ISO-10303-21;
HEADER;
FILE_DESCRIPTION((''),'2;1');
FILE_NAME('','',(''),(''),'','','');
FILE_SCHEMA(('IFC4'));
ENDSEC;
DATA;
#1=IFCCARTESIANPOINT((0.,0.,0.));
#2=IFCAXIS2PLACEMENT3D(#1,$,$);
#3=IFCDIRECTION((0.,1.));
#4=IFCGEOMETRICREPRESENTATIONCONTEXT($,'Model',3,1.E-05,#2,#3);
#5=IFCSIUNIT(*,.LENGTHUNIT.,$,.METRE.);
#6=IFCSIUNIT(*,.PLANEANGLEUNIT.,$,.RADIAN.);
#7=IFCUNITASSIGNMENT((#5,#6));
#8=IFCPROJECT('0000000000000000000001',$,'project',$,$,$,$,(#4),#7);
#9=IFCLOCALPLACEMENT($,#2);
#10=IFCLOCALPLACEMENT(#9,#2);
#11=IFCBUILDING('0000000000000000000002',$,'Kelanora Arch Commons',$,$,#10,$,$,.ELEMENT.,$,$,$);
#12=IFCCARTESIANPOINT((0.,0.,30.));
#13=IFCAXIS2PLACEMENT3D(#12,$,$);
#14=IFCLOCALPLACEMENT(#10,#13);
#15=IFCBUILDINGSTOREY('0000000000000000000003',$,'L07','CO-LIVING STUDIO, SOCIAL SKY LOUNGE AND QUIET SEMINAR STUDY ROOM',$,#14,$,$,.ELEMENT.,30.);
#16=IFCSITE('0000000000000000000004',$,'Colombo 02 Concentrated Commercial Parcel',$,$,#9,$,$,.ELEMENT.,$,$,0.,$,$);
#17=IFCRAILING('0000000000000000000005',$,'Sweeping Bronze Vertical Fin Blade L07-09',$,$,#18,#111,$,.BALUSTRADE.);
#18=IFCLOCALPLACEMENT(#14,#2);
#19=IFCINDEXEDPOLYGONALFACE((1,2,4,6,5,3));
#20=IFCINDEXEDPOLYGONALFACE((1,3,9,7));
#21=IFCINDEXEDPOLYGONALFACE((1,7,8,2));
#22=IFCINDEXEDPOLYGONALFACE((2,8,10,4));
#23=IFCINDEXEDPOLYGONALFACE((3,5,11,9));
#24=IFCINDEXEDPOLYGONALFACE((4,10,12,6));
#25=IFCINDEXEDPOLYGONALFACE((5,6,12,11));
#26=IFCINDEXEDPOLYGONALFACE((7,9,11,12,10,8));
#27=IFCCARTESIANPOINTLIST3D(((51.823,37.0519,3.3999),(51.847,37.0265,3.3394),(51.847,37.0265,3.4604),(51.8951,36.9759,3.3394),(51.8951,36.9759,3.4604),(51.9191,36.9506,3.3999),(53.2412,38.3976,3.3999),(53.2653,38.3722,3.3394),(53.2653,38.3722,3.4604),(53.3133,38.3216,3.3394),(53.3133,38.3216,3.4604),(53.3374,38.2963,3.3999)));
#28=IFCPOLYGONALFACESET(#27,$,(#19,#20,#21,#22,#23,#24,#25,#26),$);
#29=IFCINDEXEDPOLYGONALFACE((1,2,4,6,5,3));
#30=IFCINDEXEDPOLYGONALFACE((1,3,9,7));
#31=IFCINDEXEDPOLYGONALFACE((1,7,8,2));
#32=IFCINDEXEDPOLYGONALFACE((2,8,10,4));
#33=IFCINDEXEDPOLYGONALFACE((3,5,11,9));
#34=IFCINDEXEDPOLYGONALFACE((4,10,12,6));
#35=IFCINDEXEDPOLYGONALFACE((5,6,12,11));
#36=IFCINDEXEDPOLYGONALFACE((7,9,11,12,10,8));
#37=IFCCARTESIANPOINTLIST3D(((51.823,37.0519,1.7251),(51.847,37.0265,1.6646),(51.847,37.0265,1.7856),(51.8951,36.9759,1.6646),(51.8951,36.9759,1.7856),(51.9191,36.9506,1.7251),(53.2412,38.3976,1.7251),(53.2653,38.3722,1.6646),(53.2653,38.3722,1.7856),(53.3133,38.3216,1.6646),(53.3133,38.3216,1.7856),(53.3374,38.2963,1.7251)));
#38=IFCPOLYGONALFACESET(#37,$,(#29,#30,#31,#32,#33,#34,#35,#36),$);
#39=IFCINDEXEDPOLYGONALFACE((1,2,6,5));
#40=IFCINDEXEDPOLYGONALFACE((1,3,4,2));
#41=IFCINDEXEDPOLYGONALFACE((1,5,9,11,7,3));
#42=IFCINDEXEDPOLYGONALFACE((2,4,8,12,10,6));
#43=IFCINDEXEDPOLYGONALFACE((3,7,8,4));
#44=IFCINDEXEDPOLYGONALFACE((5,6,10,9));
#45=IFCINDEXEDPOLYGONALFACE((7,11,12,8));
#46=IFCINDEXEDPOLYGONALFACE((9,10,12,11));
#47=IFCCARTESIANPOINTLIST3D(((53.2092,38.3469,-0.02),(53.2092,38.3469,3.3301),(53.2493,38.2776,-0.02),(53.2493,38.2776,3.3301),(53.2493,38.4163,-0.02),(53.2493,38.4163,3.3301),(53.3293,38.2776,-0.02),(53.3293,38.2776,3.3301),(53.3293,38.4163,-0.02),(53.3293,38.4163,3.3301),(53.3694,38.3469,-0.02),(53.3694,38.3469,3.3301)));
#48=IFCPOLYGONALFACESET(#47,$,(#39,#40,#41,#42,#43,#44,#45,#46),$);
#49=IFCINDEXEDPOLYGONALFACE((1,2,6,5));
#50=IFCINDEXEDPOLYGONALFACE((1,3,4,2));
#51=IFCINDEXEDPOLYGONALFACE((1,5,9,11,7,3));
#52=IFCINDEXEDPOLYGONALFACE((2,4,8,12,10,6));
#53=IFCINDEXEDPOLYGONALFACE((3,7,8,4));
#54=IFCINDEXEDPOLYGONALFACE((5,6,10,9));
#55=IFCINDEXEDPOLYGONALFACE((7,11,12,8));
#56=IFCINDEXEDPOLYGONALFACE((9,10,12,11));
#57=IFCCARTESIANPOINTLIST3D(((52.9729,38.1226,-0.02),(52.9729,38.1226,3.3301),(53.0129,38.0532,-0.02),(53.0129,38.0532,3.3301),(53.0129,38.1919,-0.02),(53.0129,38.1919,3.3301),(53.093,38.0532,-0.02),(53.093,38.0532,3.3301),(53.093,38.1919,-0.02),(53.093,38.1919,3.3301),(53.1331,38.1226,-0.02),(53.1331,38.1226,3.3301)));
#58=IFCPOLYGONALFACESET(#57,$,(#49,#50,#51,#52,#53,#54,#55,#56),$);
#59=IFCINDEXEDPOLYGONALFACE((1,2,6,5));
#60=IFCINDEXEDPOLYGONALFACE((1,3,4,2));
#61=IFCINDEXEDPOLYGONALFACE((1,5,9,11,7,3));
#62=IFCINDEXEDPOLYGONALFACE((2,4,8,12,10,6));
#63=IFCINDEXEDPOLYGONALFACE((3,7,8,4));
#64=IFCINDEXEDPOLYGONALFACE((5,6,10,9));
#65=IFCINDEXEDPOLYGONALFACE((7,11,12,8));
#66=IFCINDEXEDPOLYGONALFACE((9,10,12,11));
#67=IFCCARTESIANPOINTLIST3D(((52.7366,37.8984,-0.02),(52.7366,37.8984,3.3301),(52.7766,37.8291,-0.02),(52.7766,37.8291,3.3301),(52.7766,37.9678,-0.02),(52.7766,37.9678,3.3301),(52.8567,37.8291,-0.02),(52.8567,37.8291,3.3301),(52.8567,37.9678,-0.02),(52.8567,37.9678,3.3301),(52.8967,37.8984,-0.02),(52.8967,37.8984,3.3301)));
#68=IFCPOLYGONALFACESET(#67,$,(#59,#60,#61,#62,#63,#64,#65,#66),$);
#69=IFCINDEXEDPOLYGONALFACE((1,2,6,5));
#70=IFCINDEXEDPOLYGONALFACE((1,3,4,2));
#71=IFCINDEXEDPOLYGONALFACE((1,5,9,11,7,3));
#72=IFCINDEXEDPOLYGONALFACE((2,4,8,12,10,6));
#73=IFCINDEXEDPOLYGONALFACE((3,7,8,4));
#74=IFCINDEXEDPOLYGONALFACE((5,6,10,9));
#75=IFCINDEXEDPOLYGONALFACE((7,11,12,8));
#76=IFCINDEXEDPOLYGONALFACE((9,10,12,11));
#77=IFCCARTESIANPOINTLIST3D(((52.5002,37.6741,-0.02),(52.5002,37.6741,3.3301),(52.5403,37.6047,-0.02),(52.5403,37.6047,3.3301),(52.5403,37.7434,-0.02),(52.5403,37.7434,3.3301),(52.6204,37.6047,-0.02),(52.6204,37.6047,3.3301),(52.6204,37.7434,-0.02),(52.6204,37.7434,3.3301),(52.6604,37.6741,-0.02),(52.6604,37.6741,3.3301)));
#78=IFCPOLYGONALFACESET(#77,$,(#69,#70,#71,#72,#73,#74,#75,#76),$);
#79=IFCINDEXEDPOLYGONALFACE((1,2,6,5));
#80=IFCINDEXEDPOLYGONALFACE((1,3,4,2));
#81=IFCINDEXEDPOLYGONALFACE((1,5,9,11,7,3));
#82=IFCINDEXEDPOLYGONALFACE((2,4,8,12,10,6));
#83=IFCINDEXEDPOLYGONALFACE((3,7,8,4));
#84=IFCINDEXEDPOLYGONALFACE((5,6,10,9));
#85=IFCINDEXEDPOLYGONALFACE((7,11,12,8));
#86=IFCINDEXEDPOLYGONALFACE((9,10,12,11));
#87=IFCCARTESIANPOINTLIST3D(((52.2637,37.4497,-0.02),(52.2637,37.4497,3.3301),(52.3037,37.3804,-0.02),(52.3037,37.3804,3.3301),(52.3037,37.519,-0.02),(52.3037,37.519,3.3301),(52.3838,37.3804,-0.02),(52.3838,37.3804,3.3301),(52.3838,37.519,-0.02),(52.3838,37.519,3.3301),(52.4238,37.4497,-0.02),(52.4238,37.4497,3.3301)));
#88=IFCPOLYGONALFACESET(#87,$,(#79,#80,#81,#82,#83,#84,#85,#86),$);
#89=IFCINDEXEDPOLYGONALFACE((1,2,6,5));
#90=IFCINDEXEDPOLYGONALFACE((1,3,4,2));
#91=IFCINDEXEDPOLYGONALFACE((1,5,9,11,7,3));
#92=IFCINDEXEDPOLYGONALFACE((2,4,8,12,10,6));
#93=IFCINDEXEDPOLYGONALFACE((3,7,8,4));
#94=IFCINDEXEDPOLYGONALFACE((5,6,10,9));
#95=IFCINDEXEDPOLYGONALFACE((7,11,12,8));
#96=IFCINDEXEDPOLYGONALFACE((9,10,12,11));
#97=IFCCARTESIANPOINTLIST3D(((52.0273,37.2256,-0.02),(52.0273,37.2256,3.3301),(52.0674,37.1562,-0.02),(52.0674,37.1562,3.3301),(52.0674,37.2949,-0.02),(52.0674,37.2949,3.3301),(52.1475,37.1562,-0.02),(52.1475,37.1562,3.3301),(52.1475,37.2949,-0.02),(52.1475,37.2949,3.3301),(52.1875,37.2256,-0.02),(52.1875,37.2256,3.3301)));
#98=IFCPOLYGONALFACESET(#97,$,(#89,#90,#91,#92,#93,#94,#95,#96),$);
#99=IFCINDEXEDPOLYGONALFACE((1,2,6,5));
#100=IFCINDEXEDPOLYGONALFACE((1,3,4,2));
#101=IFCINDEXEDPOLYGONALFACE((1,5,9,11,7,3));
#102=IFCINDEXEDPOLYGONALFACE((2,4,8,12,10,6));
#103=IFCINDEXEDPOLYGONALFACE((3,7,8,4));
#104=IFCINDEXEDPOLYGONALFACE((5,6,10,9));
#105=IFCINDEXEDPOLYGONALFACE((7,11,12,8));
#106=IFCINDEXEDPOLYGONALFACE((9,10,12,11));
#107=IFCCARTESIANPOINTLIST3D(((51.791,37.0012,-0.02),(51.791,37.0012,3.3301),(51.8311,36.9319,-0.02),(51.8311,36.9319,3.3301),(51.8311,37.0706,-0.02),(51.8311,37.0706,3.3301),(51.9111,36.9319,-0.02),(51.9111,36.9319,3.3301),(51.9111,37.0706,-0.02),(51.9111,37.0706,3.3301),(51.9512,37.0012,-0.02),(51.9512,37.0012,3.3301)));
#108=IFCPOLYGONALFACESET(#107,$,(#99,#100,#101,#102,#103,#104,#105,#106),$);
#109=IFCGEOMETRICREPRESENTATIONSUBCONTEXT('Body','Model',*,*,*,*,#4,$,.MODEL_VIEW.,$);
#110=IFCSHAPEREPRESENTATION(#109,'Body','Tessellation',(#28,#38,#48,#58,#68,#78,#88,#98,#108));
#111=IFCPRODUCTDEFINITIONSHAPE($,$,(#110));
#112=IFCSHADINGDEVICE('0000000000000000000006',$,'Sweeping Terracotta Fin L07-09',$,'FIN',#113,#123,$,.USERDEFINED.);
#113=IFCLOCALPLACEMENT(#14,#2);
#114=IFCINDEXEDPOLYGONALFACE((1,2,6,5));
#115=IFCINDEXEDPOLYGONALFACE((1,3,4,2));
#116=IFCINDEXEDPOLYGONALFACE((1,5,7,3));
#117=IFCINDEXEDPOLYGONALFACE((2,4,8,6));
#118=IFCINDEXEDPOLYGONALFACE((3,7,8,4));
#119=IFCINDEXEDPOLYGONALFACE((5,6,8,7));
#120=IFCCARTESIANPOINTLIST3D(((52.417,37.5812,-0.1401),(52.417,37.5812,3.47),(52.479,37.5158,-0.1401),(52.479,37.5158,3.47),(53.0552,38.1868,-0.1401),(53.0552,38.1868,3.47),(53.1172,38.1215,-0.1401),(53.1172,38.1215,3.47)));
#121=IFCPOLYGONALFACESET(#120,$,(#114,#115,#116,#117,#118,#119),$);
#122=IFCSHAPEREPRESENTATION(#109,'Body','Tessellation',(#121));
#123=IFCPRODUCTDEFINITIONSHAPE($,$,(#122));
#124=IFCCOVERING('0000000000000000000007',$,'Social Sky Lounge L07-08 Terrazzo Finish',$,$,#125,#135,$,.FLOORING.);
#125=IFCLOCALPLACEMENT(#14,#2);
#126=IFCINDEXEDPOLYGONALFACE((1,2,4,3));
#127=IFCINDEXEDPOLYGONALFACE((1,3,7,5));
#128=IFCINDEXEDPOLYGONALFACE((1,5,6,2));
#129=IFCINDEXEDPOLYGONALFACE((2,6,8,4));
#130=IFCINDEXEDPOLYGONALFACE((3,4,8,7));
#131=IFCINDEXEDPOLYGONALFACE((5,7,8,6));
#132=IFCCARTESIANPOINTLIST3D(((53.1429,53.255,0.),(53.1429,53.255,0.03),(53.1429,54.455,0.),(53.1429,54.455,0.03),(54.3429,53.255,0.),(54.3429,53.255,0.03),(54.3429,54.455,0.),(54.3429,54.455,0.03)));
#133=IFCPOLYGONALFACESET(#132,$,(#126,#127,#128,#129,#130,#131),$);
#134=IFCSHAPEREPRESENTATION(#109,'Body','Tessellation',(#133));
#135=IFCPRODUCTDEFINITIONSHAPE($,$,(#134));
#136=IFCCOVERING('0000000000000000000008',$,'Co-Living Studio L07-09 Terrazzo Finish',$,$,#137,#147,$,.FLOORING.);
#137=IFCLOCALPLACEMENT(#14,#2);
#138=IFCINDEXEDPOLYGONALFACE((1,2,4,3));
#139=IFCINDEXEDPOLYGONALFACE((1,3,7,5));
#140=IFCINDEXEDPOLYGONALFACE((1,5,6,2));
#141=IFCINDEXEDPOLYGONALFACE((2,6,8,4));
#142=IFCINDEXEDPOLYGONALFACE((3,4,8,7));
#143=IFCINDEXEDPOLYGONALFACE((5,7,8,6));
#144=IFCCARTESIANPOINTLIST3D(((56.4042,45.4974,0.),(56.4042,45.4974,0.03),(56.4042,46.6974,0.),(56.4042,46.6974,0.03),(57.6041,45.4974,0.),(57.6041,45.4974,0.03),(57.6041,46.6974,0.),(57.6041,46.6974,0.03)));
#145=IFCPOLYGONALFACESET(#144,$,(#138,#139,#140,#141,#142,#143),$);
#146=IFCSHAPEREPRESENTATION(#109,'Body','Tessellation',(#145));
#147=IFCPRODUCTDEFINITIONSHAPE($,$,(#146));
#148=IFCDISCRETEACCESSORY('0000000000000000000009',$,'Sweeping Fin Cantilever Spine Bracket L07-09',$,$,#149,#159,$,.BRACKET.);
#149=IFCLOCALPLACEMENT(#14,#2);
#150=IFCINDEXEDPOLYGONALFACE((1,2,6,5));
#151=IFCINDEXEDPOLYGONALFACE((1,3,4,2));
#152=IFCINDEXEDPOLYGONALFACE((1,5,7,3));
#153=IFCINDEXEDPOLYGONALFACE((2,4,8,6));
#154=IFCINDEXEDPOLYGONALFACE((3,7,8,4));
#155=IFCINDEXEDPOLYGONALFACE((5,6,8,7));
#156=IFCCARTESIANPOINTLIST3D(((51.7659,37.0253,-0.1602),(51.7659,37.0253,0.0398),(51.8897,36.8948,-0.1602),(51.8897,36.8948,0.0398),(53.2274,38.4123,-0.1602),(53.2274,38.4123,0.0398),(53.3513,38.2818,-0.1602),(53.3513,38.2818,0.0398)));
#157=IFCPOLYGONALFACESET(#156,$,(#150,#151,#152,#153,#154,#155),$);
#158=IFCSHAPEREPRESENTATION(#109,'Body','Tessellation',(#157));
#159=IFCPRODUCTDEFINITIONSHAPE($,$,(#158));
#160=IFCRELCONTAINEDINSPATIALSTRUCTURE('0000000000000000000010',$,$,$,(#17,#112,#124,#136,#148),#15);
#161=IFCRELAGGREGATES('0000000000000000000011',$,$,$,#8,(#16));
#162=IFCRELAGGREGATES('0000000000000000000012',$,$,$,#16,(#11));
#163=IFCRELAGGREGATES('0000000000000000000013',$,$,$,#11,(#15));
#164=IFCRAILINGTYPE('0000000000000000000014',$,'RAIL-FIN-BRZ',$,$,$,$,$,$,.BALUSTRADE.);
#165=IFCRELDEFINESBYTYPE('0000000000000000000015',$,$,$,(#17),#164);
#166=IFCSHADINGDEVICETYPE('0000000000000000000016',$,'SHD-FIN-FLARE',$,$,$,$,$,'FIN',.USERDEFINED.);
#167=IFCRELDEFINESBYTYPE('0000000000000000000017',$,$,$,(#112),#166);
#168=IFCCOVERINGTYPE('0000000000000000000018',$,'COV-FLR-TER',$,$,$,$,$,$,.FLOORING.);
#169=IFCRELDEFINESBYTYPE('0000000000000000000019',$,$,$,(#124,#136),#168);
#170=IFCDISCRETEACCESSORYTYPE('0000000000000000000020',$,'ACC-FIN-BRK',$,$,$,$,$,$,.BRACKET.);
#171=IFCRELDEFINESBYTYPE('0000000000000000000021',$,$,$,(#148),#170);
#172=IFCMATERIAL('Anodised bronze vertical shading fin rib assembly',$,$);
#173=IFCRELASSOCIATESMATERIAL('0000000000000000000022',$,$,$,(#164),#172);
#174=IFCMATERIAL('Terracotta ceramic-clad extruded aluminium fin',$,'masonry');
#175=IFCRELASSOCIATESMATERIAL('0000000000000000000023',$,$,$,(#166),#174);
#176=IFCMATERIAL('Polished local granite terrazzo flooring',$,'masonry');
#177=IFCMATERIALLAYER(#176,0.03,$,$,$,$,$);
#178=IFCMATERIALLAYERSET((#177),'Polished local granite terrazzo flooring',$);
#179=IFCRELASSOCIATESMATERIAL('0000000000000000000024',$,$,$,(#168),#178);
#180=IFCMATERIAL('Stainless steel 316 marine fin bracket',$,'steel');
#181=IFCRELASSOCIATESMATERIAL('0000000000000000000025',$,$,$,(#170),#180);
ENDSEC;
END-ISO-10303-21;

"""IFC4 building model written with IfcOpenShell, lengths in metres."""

from ifc_helpers import new_model, si_unit, direction, frame, origin, origin_2d, place, context, subcontext, project, spatial, polyline, rectangle, outline, extrude, source, transform, mapped, material, layer, layer_set, type_object, element, save


model = new_model("IFC4")

# Units and contexts
model_context = context("Model", 3, precision=1e-05, world=origin(), true_north=direction((0.0, 1.0)))
body_context = subcontext(model_context, "Body", "Model", "MODEL_VIEW")
ifc_project = project(units=[si_unit("LENGTHUNIT", "METRE"), si_unit("PLANEANGLEUNIT", "RADIAN")], contexts=[model_context])

# Site, building, storey
site_placement = place(None, origin())
site = spatial("IfcSite", under=ifc_project, at=site_placement, Name="Colombo 02 Concentrated Commercial Parcel", CompositionType="ELEMENT", RefElevation=0.0)
building_placement = place(site_placement, origin())
building = spatial("IfcBuilding", under=site, at=building_placement, Name="Kelanora Arch Commons", CompositionType="ELEMENT")
storey_placement = place(building_placement, frame((0.0, 0.0, 30.0)))
storey = spatial("IfcBuildingStorey", under=building, at=storey_placement, Name="L07", Description="CO-LIVING STUDIO, SOCIAL SKY LOUNGE AND QUIET SEMINAR STUDY ROOM", CompositionType="ELEMENT", Elevation=30.0)

# Railing
ifc_material_1 = material(Name="Anodised bronze vertical shading fin rib assembly")
railing_type = type_object("IfcRailingType", Name="RAIL-FIN-BRZ", PredefinedType="BALUSTRADE", material=ifc_material_1)
railing_placement = place(storey_placement, frame((53.2893, 38.3469, -0.02)))
element("IfcRailing", 1, at=railing_placement, inside=storey, type_object=railing_type, Name="Sweeping Bronze Vertical Fin Blade L07-09", PredefinedType="BALUSTRADE", context=body_context, shape_type="SweptSolid", body=[
    extrude(outline(polyline([(0.0698, 0.0), (0.0349, 0.0605), (-0.0349, 0.0605), (-0.0698, 0.0), (-0.0349, -0.0605), (0.0349, -0.0605), (0.0698, 0.0)])), frame((0.0, 0.0, 3.4199), z_axis=(-0.725408, -0.688319, 0.0), x_axis=(0.688319, -0.725408, 0.0)), (0.0, 0.0, 1.0), 1.9551),
    extrude(outline(polyline([(0.0698, 0.0), (0.0349, 0.0605), (-0.0349, 0.0605), (-0.0698, 0.0), (-0.0349, -0.0605), (0.0349, -0.0605), (0.0698, 0.0)])), frame((0.0, 0.0, 1.7451), z_axis=(-0.725408, -0.688319, 0.0), x_axis=(0.688319, -0.725408, 0.0)), (0.0, 0.0, 1.0), 1.9551),
    extrude(outline(polyline([(0.0801, 0.0), (0.04, 0.0693), (-0.04, 0.0693), (-0.0801, 0.0), (-0.04, -0.0693), (0.04, -0.0693), (0.0801, 0.0)])), origin(), (0.0, 0.0, 1.0), 3.3501),
    extrude(outline(polyline([(0.0801, 0.0), (0.04, 0.0693), (-0.04, 0.0693), (-0.0801, 0.0), (-0.04, -0.0693), (0.04, -0.0693), (0.0801, 0.0)])), frame((-0.2363, -0.2244, 0.0)), (0.0, 0.0, 1.0), 3.3501),
    extrude(outline(polyline([(0.0801, 0.0), (0.04, 0.0693), (-0.04, 0.0693), (-0.0801, 0.0), (-0.04, -0.0693), (0.04, -0.0693), (0.0801, 0.0)])), frame((-0.4727, -0.4485, 0.0)), (0.0, 0.0, 1.0), 3.3501),
    extrude(outline(polyline([(0.0801, 0.0), (0.04, 0.0693), (-0.04, 0.0693), (-0.0801, 0.0), (-0.04, -0.0693), (0.04, -0.0693), (0.0801, 0.0)])), frame((-0.709, -0.6729, 0.0)), (0.0, 0.0, 1.0), 3.3501),
    extrude(outline(polyline([(0.0801, 0.0), (0.04, 0.0693), (-0.04, 0.0693), (-0.0801, 0.0), (-0.04, -0.0693), (0.04, -0.0693), (0.0801, 0.0)])), frame((-0.9456, -0.8972, 0.0)), (0.0, 0.0, 1.0), 3.3501),
    extrude(outline(polyline([(0.0801, 0.0), (0.04, 0.0693), (-0.04, 0.0693), (-0.0801, 0.0), (-0.04, -0.0693), (0.04, -0.0693), (0.0801, 0.0)])), frame((-1.1819, -1.1213, 0.0)), (0.0, 0.0, 1.0), 3.3501),
    extrude(outline(polyline([(0.0801, 0.0), (0.04, 0.0693), (-0.04, 0.0693), (-0.0801, 0.0), (-0.04, -0.0693), (0.04, -0.0693), (0.0801, 0.0)])), frame((-1.4182, -1.3457, 0.0)), (0.0, 0.0, 1.0), 3.3501),
])

# Shading device
ifc_material_2 = material(Name="Terracotta ceramic-clad extruded aluminium fin", Category="masonry")
shading_device_type = type_object("IfcShadingDeviceType", Name="SHD-FIN-FLARE", ElementType="FIN", PredefinedType="USERDEFINED", material=ifc_material_2)
shared_shape_1 = source(origin(), body_context, "Body", "SweptSolid", [
    extrude(rectangle(XDim=0.8799, YDim=0.0901, at=origin_2d()), origin(), (0.0, 0.0, 1.0), 3.6101),
])
shading_device_placement = place(storey_placement, frame((52.7671, 37.8513, -0.1401), z_axis=(0.0, 0.0, 1.0), x_axis=(-0.725374, -0.688355, 0.0)))
element("IfcShadingDevice", 2, at=shading_device_placement, inside=storey, type_object=shading_device_type, Name="Sweeping Terracotta Fin L07-09", ObjectType="FIN", PredefinedType="USERDEFINED", context=body_context, shape_type="MappedRepresentation", body=[
    mapped(shared_shape_1, transform((0.0, 0.0, 0.0), scale=1.0)),
])

# Coverings
ifc_material_3 = material(Name="Polished local granite terrazzo flooring", Category="masonry")
ifc_layer_1 = layer(ifc_material_3, 0.03)
ifc_layer_set_1 = layer_set([ifc_layer_1], Name="Polished local granite terrazzo flooring")
covering_type = type_object("IfcCoveringType", Name="COV-FLR-TER", PredefinedType="FLOORING", material=ifc_layer_set_1)
shared_shape_2 = source(origin(), body_context, "Body", "SweptSolid", [
    extrude(rectangle(XDim=1.2, YDim=1.2, at=origin_2d()), origin(), (0.0, 0.0, 1.0), 0.03),
])
for number, where, z_axis, x_axis, name in (
    (3, (53.7429, 53.855, 0.0), (0.0, 0.0, 1.0), (1.0, 0.0, 0.0), "Social Sky Lounge L07-08 Terrazzo Finish"),
    (4, (57.0042, 46.0974, 0.0), (0.0, 0.0, 1.0), (1.0, 0.0, 0.0), "Co-Living Studio L07-09 Terrazzo Finish"),
):
    element("IfcCovering", number, at=place(storey_placement, frame(where, z_axis=z_axis, x_axis=x_axis)), inside=storey, type_object=covering_type, Name=name, PredefinedType="FLOORING", context=body_context, shape_type="MappedRepresentation", body=[
        mapped(shared_shape_2, transform((0.0, 0.0, 0.0), scale=1.0)),
    ])

# Discrete accessory
ifc_material_4 = material(Name="Stainless steel 316 marine fin bracket", Category="steel")
discrete_accessory_type = type_object("IfcDiscreteAccessoryType", Name="ACC-FIN-BRK", PredefinedType="BRACKET", material=ifc_material_4)
shared_shape_3 = source(origin(), body_context, "Body", "SweptSolid", [
    extrude(rectangle(XDim=2.0149, YDim=0.1799, at=origin_2d()), origin(), (0.0, 0.0, 1.0), 0.2),
])
discrete_accessory_placement = place(storey_placement, frame((52.5586, 37.6536, -0.1602), z_axis=(0.0, 0.0, 1.0), x_axis=(-0.725374, -0.688355, 0.0)))
element("IfcDiscreteAccessory", 5, at=discrete_accessory_placement, inside=storey, type_object=discrete_accessory_type, Name="Sweeping Fin Cantilever Spine Bracket L07-09", PredefinedType="BRACKET", context=body_context, shape_type="MappedRepresentation", body=[
    mapped(shared_shape_3, transform((0.0, 0.0, 0.0), scale=1.0)),
])

save(model, "model.ifc")
